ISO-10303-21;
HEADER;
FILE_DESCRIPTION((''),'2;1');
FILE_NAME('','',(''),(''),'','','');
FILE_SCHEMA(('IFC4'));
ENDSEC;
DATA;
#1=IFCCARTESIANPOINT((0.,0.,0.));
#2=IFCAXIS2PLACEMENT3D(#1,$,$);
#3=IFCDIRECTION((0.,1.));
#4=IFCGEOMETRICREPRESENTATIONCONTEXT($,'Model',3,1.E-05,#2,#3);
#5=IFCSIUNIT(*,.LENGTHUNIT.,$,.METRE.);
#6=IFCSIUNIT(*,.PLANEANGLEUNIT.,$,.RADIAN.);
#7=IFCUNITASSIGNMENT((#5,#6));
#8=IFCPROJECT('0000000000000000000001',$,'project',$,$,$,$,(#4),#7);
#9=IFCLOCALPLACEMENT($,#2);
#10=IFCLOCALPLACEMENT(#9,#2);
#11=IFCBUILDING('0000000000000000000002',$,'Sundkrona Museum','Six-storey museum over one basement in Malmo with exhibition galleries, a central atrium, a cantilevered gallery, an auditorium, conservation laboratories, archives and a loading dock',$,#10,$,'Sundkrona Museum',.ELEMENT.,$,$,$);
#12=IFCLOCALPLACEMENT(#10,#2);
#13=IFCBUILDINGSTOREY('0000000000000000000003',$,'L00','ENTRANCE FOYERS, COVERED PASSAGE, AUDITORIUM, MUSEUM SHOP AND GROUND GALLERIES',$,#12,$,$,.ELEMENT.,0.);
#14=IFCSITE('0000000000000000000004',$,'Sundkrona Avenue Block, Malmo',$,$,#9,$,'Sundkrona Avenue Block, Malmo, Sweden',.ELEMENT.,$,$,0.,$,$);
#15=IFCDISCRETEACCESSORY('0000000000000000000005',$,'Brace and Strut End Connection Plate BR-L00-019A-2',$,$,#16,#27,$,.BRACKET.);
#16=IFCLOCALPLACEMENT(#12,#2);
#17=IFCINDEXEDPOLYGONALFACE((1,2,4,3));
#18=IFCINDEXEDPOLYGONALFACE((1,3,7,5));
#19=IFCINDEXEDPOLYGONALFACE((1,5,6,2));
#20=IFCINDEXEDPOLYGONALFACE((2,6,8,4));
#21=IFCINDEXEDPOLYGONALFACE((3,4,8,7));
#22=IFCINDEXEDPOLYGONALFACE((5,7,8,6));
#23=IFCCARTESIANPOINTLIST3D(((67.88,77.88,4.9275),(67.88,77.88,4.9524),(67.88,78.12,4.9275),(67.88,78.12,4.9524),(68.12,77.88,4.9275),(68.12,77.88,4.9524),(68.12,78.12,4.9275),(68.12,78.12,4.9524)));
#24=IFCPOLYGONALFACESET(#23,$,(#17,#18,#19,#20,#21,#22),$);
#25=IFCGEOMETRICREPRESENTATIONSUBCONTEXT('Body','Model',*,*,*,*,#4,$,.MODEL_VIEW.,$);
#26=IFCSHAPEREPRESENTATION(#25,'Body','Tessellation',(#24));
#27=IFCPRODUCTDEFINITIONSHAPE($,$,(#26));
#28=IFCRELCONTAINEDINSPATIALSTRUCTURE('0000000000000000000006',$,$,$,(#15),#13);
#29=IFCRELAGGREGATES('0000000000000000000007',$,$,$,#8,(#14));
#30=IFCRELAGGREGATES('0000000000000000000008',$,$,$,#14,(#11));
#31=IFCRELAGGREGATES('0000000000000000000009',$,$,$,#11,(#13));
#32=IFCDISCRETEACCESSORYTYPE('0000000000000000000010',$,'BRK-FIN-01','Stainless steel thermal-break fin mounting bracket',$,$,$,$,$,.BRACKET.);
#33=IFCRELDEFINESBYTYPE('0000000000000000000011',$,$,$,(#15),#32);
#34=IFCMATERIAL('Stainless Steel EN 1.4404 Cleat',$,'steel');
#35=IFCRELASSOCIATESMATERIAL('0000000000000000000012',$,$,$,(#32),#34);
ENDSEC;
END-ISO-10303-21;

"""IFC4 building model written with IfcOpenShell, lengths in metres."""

from ifc_helpers import new_model, si_unit, direction, frame, origin, origin_2d, place, context, subcontext, project, spatial, rectangle, extrude, material, type_object, element, save


model = new_model("IFC4")

# Units and contexts
model_context = context("Model", 3, precision=1e-05, world=origin(), true_north=direction((0.0, 1.0)))
body_context = subcontext(model_context, "Body", "Model", "MODEL_VIEW")
ifc_project = project(units=[si_unit("LENGTHUNIT", "METRE"), si_unit("PLANEANGLEUNIT", "RADIAN")], contexts=[model_context])

# Site, building, storey
site_placement = place(None, origin())
site = spatial("IfcSite", under=ifc_project, at=site_placement, Name="Sundkrona Avenue Block, Malmo", LongName="Sundkrona Avenue Block, Malmo, Sweden", CompositionType="ELEMENT", RefElevation=0.0)
building_placement = place(site_placement, origin())
building = spatial("IfcBuilding", under=site, at=building_placement, Name="Sundkrona Museum", Description="Six-storey museum over one basement in Malmo with exhibition galleries, a central atrium, a cantilevered gallery, an auditorium, conservation laboratories, archives and a loading dock", LongName="Sundkrona Museum", CompositionType="ELEMENT")
storey_placement = place(building_placement, origin())
storey = spatial("IfcBuildingStorey", under=building, at=storey_placement, Name="L00", Description="ENTRANCE FOYERS, COVERED PASSAGE, AUDITORIUM, MUSEUM SHOP AND GROUND GALLERIES", CompositionType="ELEMENT", Elevation=0.0)

# Discrete accessory
ifc_material_1 = material(Name="Stainless Steel EN 1.4404 Cleat", Category="steel")
discrete_accessory_type = type_object("IfcDiscreteAccessoryType", Name="BRK-FIN-01", Description="Stainless steel thermal-break fin mounting bracket", PredefinedType="BRACKET", material=ifc_material_1)
for number, where, z_axis, x_axis, name in (
    (1, (68.0, 78.0, 4.9275), (0.0, 0.0, 1.0), (1.0, 0.0, 0.0), "Brace and Strut End Connection Plate BR-L00-019A-2"),
):
    element("IfcDiscreteAccessory", number, at=place(storey_placement, frame(where, z_axis=z_axis, x_axis=x_axis)), inside=storey, type_object=discrete_accessory_type, Name=name, PredefinedType="BRACKET", context=body_context, shape_type="SweptSolid", body=[
        extrude(rectangle(XDim=0.24, YDim=0.24, at=origin_2d()), origin(), (0.0, 0.0, 1.0), 0.0249),
    ])

save(model, "model.ifc")
